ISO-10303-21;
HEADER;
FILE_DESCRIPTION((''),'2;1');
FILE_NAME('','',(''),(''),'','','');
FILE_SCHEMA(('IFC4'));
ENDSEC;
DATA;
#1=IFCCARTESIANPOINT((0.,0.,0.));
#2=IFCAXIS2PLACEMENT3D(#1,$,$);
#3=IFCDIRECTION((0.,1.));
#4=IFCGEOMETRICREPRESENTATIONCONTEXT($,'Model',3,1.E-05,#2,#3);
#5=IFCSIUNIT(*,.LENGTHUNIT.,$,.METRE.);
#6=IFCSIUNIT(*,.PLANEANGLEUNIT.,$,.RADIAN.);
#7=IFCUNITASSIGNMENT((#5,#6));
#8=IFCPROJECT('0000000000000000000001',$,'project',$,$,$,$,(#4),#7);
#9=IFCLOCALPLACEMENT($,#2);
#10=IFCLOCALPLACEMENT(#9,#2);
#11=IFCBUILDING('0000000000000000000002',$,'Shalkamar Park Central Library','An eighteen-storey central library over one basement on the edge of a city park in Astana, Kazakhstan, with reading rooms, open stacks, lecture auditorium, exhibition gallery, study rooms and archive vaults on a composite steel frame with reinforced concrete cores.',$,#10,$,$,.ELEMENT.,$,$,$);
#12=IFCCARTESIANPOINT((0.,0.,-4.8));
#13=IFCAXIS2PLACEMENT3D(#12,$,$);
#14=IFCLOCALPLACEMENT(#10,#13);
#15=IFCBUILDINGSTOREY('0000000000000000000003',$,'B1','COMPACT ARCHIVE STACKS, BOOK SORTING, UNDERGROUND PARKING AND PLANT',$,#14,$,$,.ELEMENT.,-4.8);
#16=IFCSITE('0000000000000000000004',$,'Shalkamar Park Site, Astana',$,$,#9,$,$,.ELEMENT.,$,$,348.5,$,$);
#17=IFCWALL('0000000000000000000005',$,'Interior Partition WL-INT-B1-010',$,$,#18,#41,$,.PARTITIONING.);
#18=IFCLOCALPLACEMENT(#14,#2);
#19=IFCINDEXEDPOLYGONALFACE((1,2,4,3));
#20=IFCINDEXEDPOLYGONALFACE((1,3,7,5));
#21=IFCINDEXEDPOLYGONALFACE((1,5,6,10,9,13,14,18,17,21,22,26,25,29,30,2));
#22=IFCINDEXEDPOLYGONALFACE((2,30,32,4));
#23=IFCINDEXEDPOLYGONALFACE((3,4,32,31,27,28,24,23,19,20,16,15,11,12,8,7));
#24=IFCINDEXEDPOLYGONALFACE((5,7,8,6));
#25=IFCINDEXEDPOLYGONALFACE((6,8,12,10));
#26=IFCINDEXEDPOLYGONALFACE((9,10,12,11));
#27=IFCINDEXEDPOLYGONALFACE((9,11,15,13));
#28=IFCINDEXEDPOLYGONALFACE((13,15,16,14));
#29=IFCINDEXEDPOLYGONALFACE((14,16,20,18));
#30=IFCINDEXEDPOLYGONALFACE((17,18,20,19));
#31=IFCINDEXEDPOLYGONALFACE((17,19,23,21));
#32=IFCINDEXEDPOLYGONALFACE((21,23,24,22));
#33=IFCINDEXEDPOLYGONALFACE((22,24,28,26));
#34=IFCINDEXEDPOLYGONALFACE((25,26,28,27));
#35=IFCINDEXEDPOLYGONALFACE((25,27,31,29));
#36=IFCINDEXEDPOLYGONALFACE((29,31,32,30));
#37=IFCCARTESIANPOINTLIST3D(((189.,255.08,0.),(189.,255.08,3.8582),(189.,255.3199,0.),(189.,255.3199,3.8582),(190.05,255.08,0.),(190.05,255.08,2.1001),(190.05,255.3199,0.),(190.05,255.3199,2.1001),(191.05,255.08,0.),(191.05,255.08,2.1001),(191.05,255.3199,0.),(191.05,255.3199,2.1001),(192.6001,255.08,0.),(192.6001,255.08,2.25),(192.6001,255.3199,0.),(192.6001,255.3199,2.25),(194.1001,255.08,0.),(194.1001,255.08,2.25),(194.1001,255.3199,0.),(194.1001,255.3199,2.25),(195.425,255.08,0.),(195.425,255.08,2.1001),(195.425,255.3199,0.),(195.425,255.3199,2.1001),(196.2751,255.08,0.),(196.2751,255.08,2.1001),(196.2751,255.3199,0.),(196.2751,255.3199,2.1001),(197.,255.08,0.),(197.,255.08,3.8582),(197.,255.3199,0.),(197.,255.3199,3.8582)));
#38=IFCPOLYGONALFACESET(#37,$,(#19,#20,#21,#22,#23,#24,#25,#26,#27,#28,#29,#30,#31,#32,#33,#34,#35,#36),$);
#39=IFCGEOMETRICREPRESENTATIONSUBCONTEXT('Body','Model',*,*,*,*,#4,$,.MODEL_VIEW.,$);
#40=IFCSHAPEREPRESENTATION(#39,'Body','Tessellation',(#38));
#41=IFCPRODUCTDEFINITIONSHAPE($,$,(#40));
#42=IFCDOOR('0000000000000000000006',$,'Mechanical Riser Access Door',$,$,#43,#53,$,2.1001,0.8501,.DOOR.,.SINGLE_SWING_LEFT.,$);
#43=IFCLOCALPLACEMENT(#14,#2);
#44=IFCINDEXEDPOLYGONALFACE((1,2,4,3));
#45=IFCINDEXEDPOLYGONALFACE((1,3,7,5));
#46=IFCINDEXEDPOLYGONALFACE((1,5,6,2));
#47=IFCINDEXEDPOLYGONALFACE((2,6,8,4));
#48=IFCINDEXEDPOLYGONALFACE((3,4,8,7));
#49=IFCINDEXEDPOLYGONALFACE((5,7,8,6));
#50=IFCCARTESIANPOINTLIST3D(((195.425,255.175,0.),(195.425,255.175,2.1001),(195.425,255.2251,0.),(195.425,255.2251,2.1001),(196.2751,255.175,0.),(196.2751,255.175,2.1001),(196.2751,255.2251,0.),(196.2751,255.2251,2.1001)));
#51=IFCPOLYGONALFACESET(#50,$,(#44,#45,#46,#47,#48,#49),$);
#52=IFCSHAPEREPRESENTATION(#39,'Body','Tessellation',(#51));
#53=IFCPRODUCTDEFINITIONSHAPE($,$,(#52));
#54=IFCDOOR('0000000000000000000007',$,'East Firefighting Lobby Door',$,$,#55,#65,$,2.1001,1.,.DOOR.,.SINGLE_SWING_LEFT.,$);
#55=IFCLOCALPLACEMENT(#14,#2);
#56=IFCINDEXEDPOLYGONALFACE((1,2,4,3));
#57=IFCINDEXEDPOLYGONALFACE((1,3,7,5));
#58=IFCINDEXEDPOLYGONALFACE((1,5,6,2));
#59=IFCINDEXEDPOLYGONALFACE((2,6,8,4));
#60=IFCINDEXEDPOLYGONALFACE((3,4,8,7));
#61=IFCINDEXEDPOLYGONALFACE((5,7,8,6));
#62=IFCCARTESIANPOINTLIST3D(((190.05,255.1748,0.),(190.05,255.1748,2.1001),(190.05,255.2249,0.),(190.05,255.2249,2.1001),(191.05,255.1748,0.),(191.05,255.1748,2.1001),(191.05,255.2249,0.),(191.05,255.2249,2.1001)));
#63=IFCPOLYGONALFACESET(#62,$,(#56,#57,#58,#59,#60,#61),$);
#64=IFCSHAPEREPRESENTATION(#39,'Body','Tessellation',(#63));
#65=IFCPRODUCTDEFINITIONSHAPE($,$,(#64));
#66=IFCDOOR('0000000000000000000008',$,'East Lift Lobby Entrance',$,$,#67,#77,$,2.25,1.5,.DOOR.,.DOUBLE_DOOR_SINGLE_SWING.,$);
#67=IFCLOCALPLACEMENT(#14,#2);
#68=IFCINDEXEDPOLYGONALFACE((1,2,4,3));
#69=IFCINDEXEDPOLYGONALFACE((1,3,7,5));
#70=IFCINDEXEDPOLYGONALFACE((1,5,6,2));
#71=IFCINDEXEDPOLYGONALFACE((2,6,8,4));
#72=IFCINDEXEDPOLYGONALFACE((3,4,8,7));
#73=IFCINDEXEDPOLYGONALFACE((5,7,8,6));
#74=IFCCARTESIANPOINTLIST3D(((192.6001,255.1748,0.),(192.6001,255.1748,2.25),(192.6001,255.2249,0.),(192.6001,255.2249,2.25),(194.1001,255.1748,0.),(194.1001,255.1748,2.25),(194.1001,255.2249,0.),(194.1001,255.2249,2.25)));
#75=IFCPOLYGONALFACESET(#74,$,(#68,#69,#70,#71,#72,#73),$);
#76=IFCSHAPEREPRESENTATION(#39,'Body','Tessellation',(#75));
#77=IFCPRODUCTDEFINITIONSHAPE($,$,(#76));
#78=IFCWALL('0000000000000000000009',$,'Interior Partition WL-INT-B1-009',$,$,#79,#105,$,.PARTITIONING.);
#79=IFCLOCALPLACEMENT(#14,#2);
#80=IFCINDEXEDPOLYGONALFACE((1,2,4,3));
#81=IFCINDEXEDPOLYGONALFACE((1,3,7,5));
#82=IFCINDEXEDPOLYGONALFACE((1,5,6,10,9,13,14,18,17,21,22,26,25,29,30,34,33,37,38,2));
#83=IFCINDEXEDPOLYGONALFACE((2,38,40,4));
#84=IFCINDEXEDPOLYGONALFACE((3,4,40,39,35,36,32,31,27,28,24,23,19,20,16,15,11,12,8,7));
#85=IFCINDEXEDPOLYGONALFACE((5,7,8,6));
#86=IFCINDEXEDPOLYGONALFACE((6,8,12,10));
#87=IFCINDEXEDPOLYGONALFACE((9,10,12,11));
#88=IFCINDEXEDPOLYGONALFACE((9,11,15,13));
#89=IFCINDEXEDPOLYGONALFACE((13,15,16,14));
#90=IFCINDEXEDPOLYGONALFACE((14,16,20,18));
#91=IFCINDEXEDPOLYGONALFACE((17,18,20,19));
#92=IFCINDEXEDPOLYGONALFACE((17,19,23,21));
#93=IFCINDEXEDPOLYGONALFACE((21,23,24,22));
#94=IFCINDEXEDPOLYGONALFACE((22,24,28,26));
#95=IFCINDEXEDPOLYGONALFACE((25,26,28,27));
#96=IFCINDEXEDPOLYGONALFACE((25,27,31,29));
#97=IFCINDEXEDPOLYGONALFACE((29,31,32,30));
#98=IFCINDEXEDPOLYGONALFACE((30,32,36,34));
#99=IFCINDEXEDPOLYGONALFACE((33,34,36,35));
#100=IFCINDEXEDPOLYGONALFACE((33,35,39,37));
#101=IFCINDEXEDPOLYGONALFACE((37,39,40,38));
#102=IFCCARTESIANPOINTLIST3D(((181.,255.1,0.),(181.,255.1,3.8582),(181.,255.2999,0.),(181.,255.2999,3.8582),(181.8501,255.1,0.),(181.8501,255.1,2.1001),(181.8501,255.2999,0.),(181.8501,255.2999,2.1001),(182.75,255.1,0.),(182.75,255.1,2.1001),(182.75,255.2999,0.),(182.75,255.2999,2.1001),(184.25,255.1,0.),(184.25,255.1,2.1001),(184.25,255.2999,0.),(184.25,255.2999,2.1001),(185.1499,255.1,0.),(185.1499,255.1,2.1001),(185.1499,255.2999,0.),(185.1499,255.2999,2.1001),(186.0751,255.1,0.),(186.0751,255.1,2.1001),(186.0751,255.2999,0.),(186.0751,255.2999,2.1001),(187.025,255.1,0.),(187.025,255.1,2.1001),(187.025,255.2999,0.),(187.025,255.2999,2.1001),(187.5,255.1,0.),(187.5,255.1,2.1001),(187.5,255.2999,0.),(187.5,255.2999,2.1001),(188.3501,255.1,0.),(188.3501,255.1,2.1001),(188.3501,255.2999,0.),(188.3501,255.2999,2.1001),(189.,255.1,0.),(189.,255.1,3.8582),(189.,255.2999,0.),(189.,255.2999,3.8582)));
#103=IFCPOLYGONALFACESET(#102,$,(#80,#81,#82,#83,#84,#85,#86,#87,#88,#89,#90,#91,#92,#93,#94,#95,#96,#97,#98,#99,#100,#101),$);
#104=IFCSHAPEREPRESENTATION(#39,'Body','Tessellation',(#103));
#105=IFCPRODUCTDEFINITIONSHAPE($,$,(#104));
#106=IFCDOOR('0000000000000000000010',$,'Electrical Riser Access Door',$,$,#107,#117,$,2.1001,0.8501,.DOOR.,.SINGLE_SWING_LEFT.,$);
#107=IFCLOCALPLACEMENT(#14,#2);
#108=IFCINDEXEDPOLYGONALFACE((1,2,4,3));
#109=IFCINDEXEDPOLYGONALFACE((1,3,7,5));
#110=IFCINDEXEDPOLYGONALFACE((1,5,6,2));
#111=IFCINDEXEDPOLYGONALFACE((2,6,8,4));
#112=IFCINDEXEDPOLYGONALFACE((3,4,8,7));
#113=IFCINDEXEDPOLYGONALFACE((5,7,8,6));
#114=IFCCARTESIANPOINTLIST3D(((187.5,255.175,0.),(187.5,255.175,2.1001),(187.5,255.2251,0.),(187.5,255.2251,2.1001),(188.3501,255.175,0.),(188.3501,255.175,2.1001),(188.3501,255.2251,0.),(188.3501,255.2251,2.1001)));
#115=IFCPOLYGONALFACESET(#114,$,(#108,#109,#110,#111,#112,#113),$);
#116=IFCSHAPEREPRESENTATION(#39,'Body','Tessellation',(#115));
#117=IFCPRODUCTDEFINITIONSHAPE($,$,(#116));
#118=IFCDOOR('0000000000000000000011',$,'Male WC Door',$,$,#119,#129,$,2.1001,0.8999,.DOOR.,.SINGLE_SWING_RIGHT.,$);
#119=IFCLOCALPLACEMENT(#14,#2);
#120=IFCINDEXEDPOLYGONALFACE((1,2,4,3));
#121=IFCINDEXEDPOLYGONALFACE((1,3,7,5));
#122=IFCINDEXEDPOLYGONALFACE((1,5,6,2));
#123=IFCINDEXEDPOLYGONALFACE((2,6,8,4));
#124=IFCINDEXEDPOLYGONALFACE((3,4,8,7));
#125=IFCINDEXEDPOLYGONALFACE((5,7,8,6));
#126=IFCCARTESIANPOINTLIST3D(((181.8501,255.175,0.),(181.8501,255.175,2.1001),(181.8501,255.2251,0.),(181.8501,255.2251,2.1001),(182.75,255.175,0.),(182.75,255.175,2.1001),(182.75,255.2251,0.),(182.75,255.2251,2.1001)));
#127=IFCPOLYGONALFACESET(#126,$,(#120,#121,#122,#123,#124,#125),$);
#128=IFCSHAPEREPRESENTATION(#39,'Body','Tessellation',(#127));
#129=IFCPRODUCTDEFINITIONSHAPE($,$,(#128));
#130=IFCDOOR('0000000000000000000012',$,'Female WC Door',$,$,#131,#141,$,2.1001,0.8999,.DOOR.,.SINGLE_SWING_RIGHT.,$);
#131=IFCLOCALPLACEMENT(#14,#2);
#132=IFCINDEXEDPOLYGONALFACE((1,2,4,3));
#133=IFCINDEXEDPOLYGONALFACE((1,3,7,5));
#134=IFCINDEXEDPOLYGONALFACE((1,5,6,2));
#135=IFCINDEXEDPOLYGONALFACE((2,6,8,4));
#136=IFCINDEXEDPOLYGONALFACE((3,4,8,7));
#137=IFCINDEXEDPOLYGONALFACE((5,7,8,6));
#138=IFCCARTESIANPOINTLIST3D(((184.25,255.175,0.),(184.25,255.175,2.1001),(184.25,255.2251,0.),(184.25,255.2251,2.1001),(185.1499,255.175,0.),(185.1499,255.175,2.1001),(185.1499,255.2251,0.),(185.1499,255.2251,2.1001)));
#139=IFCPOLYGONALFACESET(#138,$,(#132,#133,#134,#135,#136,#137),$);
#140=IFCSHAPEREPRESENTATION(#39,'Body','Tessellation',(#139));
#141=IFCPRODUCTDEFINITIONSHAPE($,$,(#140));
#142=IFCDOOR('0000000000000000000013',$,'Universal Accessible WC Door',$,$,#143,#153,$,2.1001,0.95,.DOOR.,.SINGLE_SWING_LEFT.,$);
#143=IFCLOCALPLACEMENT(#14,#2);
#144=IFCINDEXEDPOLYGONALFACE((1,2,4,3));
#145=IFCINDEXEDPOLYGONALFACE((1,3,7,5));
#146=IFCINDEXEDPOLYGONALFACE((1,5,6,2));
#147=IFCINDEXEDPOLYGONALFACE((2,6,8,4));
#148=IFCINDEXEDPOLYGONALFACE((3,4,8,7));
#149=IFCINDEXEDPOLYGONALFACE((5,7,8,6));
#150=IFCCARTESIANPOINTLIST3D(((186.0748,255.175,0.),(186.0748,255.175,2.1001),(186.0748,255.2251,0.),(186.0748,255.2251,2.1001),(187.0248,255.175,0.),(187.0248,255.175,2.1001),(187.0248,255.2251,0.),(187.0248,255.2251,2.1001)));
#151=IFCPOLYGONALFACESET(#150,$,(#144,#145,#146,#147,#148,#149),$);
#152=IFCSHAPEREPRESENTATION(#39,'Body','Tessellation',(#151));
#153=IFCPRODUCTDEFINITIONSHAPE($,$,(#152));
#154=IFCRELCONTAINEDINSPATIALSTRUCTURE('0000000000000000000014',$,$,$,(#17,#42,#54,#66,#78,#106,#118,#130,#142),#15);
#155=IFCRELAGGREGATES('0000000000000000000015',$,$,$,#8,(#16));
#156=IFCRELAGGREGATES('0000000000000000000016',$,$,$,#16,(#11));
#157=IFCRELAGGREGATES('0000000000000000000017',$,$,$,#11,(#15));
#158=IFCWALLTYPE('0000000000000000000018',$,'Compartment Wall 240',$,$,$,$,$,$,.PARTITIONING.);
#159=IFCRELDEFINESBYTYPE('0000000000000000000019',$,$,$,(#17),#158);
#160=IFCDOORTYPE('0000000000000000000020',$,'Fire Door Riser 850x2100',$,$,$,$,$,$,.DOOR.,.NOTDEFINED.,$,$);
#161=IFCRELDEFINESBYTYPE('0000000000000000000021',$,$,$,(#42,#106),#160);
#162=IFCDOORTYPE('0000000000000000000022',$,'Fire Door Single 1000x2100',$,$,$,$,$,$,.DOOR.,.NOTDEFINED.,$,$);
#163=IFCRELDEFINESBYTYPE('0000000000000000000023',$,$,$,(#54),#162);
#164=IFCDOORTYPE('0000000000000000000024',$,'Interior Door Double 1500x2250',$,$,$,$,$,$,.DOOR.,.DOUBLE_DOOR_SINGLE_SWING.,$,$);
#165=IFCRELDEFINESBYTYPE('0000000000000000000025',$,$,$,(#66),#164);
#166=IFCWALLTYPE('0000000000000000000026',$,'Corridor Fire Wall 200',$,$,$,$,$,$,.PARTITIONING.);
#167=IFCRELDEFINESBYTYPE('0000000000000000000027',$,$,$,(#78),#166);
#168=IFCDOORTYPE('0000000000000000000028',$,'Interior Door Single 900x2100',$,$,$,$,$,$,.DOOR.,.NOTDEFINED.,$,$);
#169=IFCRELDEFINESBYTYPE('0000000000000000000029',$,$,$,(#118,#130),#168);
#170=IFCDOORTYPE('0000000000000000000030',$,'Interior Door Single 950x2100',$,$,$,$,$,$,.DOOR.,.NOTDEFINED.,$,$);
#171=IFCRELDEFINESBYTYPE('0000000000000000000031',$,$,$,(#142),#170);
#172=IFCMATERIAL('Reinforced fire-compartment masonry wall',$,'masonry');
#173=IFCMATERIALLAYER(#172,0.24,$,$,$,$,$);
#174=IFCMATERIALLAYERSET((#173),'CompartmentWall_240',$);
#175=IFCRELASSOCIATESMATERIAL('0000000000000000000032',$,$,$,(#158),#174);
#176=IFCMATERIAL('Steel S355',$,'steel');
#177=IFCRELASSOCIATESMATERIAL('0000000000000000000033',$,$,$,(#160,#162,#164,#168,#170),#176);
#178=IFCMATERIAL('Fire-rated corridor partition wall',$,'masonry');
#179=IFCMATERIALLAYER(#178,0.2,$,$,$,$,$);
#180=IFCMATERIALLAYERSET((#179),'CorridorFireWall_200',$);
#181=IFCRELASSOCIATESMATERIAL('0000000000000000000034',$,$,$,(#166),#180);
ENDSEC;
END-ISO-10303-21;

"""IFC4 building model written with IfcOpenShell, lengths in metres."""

from ifc_helpers import new_model, si_unit, direction, frame, frame_2d, origin, place, context, subcontext, project, spatial, rectangle, extrude, material, layer, layer_set, type_object, element, fill, save


model = new_model("IFC4")

# Units and contexts
model_context = context("Model", 3, precision=1e-05, world=origin(), true_north=direction((0.0, 1.0)))
body_context = subcontext(model_context, "Body", "Model", "MODEL_VIEW")
ifc_project = project(units=[si_unit("LENGTHUNIT", "METRE"), si_unit("PLANEANGLEUNIT", "RADIAN")], contexts=[model_context])

# Site, building, storey
site_placement = place(None, origin())
site = spatial("IfcSite", under=ifc_project, at=site_placement, Name="Shalkamar Park Site, Astana", CompositionType="ELEMENT", RefElevation=348.5)
building_placement = place(site_placement, origin())
building = spatial("IfcBuilding", under=site, at=building_placement, Name="Shalkamar Park Central Library", Description="An eighteen-storey central library over one basement on the edge of a city park in Astana, Kazakhstan, with reading rooms, open stacks, lecture auditorium, exhibition gallery, study rooms and archive vaults on a composite steel frame with reinforced concrete cores.", CompositionType="ELEMENT")
storey_placement = place(building_placement, frame((0.0, 0.0, -4.8)))
storey = spatial("IfcBuildingStorey", under=building, at=storey_placement, Name="B1", Description="COMPACT ARCHIVE STACKS, BOOK SORTING, UNDERGROUND PARKING AND PLANT", CompositionType="ELEMENT", Elevation=-4.8)

# Shared definitions
ifc_material_1 = material(Name="Steel S355", Category="steel")

# Walls, openings, doors
ifc_material_2 = material(Name="Reinforced fire-compartment masonry wall", Category="masonry")
ifc_layer_1 = layer(ifc_material_2, 0.24)
ifc_layer_set_1 = layer_set([ifc_layer_1], Name="CompartmentWall_240")
wall_type_1 = type_object("IfcWallType", Name="Compartment Wall 240", PredefinedType="PARTITIONING", material=ifc_layer_set_1)
wall_1_placement = place(storey_placement, frame((189.0, 255.2, 0.0), z_axis=(0.0, 0.0, 1.0), x_axis=(1.0, 0.0, 0.0)))
wall_1 = element("IfcWall", 1, at=wall_1_placement, inside=storey, type_object=wall_type_1, Name="Interior Partition WL-INT-B1-010", PredefinedType="PARTITIONING", context=body_context, shape_type="SweptSolid", body=[
    extrude(rectangle(XDim=8.0, YDim=0.24, at=frame_2d((4.0, 0.0))), origin(), (0.0, 0.0, 1.0), 3.8582),
])
opening_1_placement = place(wall_1_placement, frame((1.05, 0.0, 0.0)))
opening_1 = element("IfcOpeningElement", 2, at=opening_1_placement, cuts=wall_1, PredefinedType="OPENING", context=body_context, shape_type="SweptSolid", body=[
    extrude(rectangle(XDim=1.0, YDim=2.1001, at=frame_2d((0.5, 1.05))), frame((0.0, 0.1348, 0.0), z_axis=(0.0, -1.0, 0.0), x_axis=(1.0, 0.0, 0.0)), (0.0, 0.0, 1.0), 0.2698),
])
opening_2_placement = place(wall_1_placement, frame((3.6001, 0.0, 0.0)))
opening_2 = element("IfcOpeningElement", 3, at=opening_2_placement, cuts=wall_1, PredefinedType="OPENING", context=body_context, shape_type="SweptSolid", body=[
    extrude(rectangle(XDim=1.5, YDim=2.25, at=frame_2d((0.75, 1.125))), frame((0.0, 0.1348, 0.0), z_axis=(0.0, -1.0, 0.0), x_axis=(1.0, 0.0, 0.0)), (0.0, 0.0, 1.0), 0.2698),
])
opening_3_placement = place(wall_1_placement, frame((6.425, 0.0, 0.0)))
opening_3 = element("IfcOpeningElement", 4, at=opening_3_placement, cuts=wall_1, PredefinedType="OPENING", context=body_context, shape_type="SweptSolid", body=[
    extrude(rectangle(XDim=0.8501, YDim=2.1001, at=frame_2d((0.425, 1.05))), frame((0.0, 0.1348, 0.0), z_axis=(0.0, -1.0, 0.0), x_axis=(1.0, 0.0, 0.0)), (0.0, 0.0, 1.0), 0.2698),
])
door_type_1 = type_object("IfcDoorType", Name="Fire Door Riser 850x2100", OperationType="NOTDEFINED", PredefinedType="DOOR", material=ifc_material_1)
door_1_placement = place(opening_3_placement, frame((0.8501, 0.0, 0.0), z_axis=(0.0, 0.0, 1.0), x_axis=(-1.0, 0.0, 0.0)))
door_1 = element("IfcDoor", 5, at=door_1_placement, inside=storey, type_object=door_type_1, Name="Mechanical Riser Access Door", OperationType="SINGLE_SWING_LEFT", OverallHeight=2.1001, OverallWidth=0.8501, PredefinedType="DOOR", context=body_context, shape_type="SweptSolid", body=[
    extrude(rectangle(XDim=0.8501, YDim=2.1001, at=frame_2d((0.425, 1.05))), frame((0.0, 0.0249, 0.0), z_axis=(0.0, -1.0, 0.0), x_axis=(1.0, 0.0, 0.0)), (0.0, 0.0, 1.0), 0.05),
])
fill(opening_3, door_1)
door_type_2 = type_object("IfcDoorType", Name="Fire Door Single 1000x2100", OperationType="NOTDEFINED", PredefinedType="DOOR", material=ifc_material_1)
door_2_placement = place(opening_1_placement, origin())
door_2 = element("IfcDoor", 6, at=door_2_placement, inside=storey, type_object=door_type_2, Name="East Firefighting Lobby Door", OperationType="SINGLE_SWING_LEFT", OverallHeight=2.1001, OverallWidth=1.0, PredefinedType="DOOR", context=body_context, shape_type="SweptSolid", body=[
    extrude(rectangle(XDim=1.0, YDim=2.1001, at=frame_2d((0.5, 1.05))), frame((0.0, 0.0249, 0.0), z_axis=(0.0, -1.0, 0.0), x_axis=(1.0, 0.0, 0.0)), (0.0, 0.0, 1.0), 0.05),
])
fill(opening_1, door_2)
door_type_3 = type_object("IfcDoorType", Name="Interior Door Double 1500x2250", OperationType="DOUBLE_DOOR_SINGLE_SWING", PredefinedType="DOOR", material=ifc_material_1)
door_3_placement = place(opening_2_placement, origin())
door_3 = element("IfcDoor", 7, at=door_3_placement, inside=storey, type_object=door_type_3, Name="East Lift Lobby Entrance", OperationType="DOUBLE_DOOR_SINGLE_SWING", OverallHeight=2.25, OverallWidth=1.5, PredefinedType="DOOR", context=body_context, shape_type="SweptSolid", body=[
    extrude(rectangle(XDim=1.5, YDim=2.25, at=frame_2d((0.75, 1.125))), frame((0.0, 0.0249, 0.0), z_axis=(0.0, -1.0, 0.0), x_axis=(1.0, 0.0, 0.0)), (0.0, 0.0, 1.0), 0.05),
])
fill(opening_2, door_3)
ifc_material_3 = material(Name="Fire-rated corridor partition wall", Category="masonry")
ifc_layer_2 = layer(ifc_material_3, 0.2)
ifc_layer_set_2 = layer_set([ifc_layer_2], Name="CorridorFireWall_200")
wall_type_2 = type_object("IfcWallType", Name="Corridor Fire Wall 200", PredefinedType="PARTITIONING", material=ifc_layer_set_2)
wall_2_placement = place(storey_placement, frame((181.0, 255.2, 0.0), z_axis=(0.0, 0.0, 1.0), x_axis=(1.0, 0.0, 0.0)))
wall_2 = element("IfcWall", 8, at=wall_2_placement, inside=storey, type_object=wall_type_2, Name="Interior Partition WL-INT-B1-009", PredefinedType="PARTITIONING", context=body_context, shape_type="SweptSolid", body=[
    extrude(rectangle(XDim=8.0, YDim=0.2, at=frame_2d((4.0, 0.0))), origin(), (0.0, 0.0, 1.0), 3.8582),
])
opening_4_placement = place(wall_2_placement, frame((0.8501, 0.0, 0.0)))
opening_4 = element("IfcOpeningElement", 9, at=opening_4_placement, cuts=wall_2, PredefinedType="OPENING", context=body_context, shape_type="SweptSolid", body=[
    extrude(rectangle(XDim=0.8999, YDim=2.1001, at=frame_2d((0.45, 1.05))), frame((0.0, 0.1147, 0.0), z_axis=(0.0, -1.0, 0.0), x_axis=(1.0, 0.0, 0.0)), (0.0, 0.0, 1.0), 0.2297),
])
opening_5_placement = place(wall_2_placement, frame((3.25, 0.0, 0.0)))
opening_5 = element("IfcOpeningElement", 10, at=opening_5_placement, cuts=wall_2, PredefinedType="OPENING", context=body_context, shape_type="SweptSolid", body=[
    extrude(rectangle(XDim=0.8999, YDim=2.1001, at=frame_2d((0.45, 1.05))), frame((0.0, 0.1147, 0.0), z_axis=(0.0, -1.0, 0.0), x_axis=(1.0, 0.0, 0.0)), (0.0, 0.0, 1.0), 0.2297),
])
opening_6_placement = place(wall_2_placement, frame((5.075, 0.0, 0.0)))
opening_6 = element("IfcOpeningElement", 11, at=opening_6_placement, cuts=wall_2, PredefinedType="OPENING", context=body_context, shape_type="SweptSolid", body=[
    extrude(rectangle(XDim=0.95, YDim=2.1001, at=frame_2d((0.4751, 1.05))), frame((0.0, 0.1147, 0.0), z_axis=(0.0, -1.0, 0.0), x_axis=(1.0, 0.0, 0.0)), (0.0, 0.0, 1.0), 0.2297),
])
opening_7_placement = place(wall_2_placement, frame((6.5, 0.0, 0.0)))
opening_7 = element("IfcOpeningElement", 12, at=opening_7_placement, cuts=wall_2, PredefinedType="OPENING", context=body_context, shape_type="SweptSolid", body=[
    extrude(rectangle(XDim=0.8501, YDim=2.1001, at=frame_2d((0.425, 1.05))), frame((0.0, 0.1147, 0.0), z_axis=(0.0, -1.0, 0.0), x_axis=(1.0, 0.0, 0.0)), (0.0, 0.0, 1.0), 0.2297),
])
door_4_placement = place(opening_7_placement, frame((0.8501, 0.0, 0.0), z_axis=(0.0, 0.0, 1.0), x_axis=(-1.0, 0.0, 0.0)))
door_4 = element("IfcDoor", 13, at=door_4_placement, inside=storey, type_object=door_type_1, Name="Electrical Riser Access Door", OperationType="SINGLE_SWING_LEFT", OverallHeight=2.1001, OverallWidth=0.8501, PredefinedType="DOOR", context=body_context, shape_type="SweptSolid", body=[
    extrude(rectangle(XDim=0.8501, YDim=2.1001, at=frame_2d((0.425, 1.05))), frame((0.0, 0.0249, 0.0), z_axis=(0.0, -1.0, 0.0), x_axis=(1.0, 0.0, 0.0)), (0.0, 0.0, 1.0), 0.05),
])
fill(opening_7, door_4)
door_type_4 = type_object("IfcDoorType", Name="Interior Door Single 900x2100", OperationType="NOTDEFINED", PredefinedType="DOOR", material=ifc_material_1)
door_5_placement = place(opening_4_placement, frame((0.8999, 0.0, 0.0), z_axis=(0.0, 0.0, 1.0), x_axis=(-1.0, 0.0, 0.0)))
door_5 = element("IfcDoor", 14, at=door_5_placement, inside=storey, type_object=door_type_4, Name="Male WC Door", OperationType="SINGLE_SWING_RIGHT", OverallHeight=2.1001, OverallWidth=0.8999, PredefinedType="DOOR", context=body_context, shape_type="SweptSolid", body=[
    extrude(rectangle(XDim=0.8999, YDim=2.1001, at=frame_2d((0.45, 1.05))), frame((0.0, 0.0249, 0.0), z_axis=(0.0, -1.0, 0.0), x_axis=(1.0, 0.0, 0.0)), (0.0, 0.0, 1.0), 0.05),
])
fill(opening_4, door_5)
door_6_placement = place(opening_5_placement, frame((0.8999, 0.0, 0.0), z_axis=(0.0, 0.0, 1.0), x_axis=(-1.0, 0.0, 0.0)))
door_6 = element("IfcDoor", 15, at=door_6_placement, inside=storey, type_object=door_type_4, Name="Female WC Door", OperationType="SINGLE_SWING_RIGHT", OverallHeight=2.1001, OverallWidth=0.8999, PredefinedType="DOOR", context=body_context, shape_type="SweptSolid", body=[
    extrude(rectangle(XDim=0.8999, YDim=2.1001, at=frame_2d((0.45, 1.05))), frame((0.0, 0.0249, 0.0), z_axis=(0.0, -1.0, 0.0), x_axis=(1.0, 0.0, 0.0)), (0.0, 0.0, 1.0), 0.05),
])
fill(opening_5, door_6)
door_type_5 = type_object("IfcDoorType", Name="Interior Door Single 950x2100", OperationType="NOTDEFINED", PredefinedType="DOOR", material=ifc_material_1)
door_7_placement = place(opening_6_placement, frame((0.95, 0.0, 0.0), z_axis=(0.0, 0.0, 1.0), x_axis=(-1.0, 0.0, 0.0)))
door_7 = element("IfcDoor", 16, at=door_7_placement, inside=storey, type_object=door_type_5, Name="Universal Accessible WC Door", OperationType="SINGLE_SWING_LEFT", OverallHeight=2.1001, OverallWidth=0.95, PredefinedType="DOOR", context=body_context, shape_type="SweptSolid", body=[
    extrude(rectangle(XDim=0.95, YDim=2.1001, at=frame_2d((0.4751, 1.05))), frame((0.0, 0.0249, 0.0), z_axis=(0.0, -1.0, 0.0), x_axis=(1.0, 0.0, 0.0)), (0.0, 0.0, 1.0), 0.05),
])
fill(opening_6, door_7)

save(model, "model.ifc")
